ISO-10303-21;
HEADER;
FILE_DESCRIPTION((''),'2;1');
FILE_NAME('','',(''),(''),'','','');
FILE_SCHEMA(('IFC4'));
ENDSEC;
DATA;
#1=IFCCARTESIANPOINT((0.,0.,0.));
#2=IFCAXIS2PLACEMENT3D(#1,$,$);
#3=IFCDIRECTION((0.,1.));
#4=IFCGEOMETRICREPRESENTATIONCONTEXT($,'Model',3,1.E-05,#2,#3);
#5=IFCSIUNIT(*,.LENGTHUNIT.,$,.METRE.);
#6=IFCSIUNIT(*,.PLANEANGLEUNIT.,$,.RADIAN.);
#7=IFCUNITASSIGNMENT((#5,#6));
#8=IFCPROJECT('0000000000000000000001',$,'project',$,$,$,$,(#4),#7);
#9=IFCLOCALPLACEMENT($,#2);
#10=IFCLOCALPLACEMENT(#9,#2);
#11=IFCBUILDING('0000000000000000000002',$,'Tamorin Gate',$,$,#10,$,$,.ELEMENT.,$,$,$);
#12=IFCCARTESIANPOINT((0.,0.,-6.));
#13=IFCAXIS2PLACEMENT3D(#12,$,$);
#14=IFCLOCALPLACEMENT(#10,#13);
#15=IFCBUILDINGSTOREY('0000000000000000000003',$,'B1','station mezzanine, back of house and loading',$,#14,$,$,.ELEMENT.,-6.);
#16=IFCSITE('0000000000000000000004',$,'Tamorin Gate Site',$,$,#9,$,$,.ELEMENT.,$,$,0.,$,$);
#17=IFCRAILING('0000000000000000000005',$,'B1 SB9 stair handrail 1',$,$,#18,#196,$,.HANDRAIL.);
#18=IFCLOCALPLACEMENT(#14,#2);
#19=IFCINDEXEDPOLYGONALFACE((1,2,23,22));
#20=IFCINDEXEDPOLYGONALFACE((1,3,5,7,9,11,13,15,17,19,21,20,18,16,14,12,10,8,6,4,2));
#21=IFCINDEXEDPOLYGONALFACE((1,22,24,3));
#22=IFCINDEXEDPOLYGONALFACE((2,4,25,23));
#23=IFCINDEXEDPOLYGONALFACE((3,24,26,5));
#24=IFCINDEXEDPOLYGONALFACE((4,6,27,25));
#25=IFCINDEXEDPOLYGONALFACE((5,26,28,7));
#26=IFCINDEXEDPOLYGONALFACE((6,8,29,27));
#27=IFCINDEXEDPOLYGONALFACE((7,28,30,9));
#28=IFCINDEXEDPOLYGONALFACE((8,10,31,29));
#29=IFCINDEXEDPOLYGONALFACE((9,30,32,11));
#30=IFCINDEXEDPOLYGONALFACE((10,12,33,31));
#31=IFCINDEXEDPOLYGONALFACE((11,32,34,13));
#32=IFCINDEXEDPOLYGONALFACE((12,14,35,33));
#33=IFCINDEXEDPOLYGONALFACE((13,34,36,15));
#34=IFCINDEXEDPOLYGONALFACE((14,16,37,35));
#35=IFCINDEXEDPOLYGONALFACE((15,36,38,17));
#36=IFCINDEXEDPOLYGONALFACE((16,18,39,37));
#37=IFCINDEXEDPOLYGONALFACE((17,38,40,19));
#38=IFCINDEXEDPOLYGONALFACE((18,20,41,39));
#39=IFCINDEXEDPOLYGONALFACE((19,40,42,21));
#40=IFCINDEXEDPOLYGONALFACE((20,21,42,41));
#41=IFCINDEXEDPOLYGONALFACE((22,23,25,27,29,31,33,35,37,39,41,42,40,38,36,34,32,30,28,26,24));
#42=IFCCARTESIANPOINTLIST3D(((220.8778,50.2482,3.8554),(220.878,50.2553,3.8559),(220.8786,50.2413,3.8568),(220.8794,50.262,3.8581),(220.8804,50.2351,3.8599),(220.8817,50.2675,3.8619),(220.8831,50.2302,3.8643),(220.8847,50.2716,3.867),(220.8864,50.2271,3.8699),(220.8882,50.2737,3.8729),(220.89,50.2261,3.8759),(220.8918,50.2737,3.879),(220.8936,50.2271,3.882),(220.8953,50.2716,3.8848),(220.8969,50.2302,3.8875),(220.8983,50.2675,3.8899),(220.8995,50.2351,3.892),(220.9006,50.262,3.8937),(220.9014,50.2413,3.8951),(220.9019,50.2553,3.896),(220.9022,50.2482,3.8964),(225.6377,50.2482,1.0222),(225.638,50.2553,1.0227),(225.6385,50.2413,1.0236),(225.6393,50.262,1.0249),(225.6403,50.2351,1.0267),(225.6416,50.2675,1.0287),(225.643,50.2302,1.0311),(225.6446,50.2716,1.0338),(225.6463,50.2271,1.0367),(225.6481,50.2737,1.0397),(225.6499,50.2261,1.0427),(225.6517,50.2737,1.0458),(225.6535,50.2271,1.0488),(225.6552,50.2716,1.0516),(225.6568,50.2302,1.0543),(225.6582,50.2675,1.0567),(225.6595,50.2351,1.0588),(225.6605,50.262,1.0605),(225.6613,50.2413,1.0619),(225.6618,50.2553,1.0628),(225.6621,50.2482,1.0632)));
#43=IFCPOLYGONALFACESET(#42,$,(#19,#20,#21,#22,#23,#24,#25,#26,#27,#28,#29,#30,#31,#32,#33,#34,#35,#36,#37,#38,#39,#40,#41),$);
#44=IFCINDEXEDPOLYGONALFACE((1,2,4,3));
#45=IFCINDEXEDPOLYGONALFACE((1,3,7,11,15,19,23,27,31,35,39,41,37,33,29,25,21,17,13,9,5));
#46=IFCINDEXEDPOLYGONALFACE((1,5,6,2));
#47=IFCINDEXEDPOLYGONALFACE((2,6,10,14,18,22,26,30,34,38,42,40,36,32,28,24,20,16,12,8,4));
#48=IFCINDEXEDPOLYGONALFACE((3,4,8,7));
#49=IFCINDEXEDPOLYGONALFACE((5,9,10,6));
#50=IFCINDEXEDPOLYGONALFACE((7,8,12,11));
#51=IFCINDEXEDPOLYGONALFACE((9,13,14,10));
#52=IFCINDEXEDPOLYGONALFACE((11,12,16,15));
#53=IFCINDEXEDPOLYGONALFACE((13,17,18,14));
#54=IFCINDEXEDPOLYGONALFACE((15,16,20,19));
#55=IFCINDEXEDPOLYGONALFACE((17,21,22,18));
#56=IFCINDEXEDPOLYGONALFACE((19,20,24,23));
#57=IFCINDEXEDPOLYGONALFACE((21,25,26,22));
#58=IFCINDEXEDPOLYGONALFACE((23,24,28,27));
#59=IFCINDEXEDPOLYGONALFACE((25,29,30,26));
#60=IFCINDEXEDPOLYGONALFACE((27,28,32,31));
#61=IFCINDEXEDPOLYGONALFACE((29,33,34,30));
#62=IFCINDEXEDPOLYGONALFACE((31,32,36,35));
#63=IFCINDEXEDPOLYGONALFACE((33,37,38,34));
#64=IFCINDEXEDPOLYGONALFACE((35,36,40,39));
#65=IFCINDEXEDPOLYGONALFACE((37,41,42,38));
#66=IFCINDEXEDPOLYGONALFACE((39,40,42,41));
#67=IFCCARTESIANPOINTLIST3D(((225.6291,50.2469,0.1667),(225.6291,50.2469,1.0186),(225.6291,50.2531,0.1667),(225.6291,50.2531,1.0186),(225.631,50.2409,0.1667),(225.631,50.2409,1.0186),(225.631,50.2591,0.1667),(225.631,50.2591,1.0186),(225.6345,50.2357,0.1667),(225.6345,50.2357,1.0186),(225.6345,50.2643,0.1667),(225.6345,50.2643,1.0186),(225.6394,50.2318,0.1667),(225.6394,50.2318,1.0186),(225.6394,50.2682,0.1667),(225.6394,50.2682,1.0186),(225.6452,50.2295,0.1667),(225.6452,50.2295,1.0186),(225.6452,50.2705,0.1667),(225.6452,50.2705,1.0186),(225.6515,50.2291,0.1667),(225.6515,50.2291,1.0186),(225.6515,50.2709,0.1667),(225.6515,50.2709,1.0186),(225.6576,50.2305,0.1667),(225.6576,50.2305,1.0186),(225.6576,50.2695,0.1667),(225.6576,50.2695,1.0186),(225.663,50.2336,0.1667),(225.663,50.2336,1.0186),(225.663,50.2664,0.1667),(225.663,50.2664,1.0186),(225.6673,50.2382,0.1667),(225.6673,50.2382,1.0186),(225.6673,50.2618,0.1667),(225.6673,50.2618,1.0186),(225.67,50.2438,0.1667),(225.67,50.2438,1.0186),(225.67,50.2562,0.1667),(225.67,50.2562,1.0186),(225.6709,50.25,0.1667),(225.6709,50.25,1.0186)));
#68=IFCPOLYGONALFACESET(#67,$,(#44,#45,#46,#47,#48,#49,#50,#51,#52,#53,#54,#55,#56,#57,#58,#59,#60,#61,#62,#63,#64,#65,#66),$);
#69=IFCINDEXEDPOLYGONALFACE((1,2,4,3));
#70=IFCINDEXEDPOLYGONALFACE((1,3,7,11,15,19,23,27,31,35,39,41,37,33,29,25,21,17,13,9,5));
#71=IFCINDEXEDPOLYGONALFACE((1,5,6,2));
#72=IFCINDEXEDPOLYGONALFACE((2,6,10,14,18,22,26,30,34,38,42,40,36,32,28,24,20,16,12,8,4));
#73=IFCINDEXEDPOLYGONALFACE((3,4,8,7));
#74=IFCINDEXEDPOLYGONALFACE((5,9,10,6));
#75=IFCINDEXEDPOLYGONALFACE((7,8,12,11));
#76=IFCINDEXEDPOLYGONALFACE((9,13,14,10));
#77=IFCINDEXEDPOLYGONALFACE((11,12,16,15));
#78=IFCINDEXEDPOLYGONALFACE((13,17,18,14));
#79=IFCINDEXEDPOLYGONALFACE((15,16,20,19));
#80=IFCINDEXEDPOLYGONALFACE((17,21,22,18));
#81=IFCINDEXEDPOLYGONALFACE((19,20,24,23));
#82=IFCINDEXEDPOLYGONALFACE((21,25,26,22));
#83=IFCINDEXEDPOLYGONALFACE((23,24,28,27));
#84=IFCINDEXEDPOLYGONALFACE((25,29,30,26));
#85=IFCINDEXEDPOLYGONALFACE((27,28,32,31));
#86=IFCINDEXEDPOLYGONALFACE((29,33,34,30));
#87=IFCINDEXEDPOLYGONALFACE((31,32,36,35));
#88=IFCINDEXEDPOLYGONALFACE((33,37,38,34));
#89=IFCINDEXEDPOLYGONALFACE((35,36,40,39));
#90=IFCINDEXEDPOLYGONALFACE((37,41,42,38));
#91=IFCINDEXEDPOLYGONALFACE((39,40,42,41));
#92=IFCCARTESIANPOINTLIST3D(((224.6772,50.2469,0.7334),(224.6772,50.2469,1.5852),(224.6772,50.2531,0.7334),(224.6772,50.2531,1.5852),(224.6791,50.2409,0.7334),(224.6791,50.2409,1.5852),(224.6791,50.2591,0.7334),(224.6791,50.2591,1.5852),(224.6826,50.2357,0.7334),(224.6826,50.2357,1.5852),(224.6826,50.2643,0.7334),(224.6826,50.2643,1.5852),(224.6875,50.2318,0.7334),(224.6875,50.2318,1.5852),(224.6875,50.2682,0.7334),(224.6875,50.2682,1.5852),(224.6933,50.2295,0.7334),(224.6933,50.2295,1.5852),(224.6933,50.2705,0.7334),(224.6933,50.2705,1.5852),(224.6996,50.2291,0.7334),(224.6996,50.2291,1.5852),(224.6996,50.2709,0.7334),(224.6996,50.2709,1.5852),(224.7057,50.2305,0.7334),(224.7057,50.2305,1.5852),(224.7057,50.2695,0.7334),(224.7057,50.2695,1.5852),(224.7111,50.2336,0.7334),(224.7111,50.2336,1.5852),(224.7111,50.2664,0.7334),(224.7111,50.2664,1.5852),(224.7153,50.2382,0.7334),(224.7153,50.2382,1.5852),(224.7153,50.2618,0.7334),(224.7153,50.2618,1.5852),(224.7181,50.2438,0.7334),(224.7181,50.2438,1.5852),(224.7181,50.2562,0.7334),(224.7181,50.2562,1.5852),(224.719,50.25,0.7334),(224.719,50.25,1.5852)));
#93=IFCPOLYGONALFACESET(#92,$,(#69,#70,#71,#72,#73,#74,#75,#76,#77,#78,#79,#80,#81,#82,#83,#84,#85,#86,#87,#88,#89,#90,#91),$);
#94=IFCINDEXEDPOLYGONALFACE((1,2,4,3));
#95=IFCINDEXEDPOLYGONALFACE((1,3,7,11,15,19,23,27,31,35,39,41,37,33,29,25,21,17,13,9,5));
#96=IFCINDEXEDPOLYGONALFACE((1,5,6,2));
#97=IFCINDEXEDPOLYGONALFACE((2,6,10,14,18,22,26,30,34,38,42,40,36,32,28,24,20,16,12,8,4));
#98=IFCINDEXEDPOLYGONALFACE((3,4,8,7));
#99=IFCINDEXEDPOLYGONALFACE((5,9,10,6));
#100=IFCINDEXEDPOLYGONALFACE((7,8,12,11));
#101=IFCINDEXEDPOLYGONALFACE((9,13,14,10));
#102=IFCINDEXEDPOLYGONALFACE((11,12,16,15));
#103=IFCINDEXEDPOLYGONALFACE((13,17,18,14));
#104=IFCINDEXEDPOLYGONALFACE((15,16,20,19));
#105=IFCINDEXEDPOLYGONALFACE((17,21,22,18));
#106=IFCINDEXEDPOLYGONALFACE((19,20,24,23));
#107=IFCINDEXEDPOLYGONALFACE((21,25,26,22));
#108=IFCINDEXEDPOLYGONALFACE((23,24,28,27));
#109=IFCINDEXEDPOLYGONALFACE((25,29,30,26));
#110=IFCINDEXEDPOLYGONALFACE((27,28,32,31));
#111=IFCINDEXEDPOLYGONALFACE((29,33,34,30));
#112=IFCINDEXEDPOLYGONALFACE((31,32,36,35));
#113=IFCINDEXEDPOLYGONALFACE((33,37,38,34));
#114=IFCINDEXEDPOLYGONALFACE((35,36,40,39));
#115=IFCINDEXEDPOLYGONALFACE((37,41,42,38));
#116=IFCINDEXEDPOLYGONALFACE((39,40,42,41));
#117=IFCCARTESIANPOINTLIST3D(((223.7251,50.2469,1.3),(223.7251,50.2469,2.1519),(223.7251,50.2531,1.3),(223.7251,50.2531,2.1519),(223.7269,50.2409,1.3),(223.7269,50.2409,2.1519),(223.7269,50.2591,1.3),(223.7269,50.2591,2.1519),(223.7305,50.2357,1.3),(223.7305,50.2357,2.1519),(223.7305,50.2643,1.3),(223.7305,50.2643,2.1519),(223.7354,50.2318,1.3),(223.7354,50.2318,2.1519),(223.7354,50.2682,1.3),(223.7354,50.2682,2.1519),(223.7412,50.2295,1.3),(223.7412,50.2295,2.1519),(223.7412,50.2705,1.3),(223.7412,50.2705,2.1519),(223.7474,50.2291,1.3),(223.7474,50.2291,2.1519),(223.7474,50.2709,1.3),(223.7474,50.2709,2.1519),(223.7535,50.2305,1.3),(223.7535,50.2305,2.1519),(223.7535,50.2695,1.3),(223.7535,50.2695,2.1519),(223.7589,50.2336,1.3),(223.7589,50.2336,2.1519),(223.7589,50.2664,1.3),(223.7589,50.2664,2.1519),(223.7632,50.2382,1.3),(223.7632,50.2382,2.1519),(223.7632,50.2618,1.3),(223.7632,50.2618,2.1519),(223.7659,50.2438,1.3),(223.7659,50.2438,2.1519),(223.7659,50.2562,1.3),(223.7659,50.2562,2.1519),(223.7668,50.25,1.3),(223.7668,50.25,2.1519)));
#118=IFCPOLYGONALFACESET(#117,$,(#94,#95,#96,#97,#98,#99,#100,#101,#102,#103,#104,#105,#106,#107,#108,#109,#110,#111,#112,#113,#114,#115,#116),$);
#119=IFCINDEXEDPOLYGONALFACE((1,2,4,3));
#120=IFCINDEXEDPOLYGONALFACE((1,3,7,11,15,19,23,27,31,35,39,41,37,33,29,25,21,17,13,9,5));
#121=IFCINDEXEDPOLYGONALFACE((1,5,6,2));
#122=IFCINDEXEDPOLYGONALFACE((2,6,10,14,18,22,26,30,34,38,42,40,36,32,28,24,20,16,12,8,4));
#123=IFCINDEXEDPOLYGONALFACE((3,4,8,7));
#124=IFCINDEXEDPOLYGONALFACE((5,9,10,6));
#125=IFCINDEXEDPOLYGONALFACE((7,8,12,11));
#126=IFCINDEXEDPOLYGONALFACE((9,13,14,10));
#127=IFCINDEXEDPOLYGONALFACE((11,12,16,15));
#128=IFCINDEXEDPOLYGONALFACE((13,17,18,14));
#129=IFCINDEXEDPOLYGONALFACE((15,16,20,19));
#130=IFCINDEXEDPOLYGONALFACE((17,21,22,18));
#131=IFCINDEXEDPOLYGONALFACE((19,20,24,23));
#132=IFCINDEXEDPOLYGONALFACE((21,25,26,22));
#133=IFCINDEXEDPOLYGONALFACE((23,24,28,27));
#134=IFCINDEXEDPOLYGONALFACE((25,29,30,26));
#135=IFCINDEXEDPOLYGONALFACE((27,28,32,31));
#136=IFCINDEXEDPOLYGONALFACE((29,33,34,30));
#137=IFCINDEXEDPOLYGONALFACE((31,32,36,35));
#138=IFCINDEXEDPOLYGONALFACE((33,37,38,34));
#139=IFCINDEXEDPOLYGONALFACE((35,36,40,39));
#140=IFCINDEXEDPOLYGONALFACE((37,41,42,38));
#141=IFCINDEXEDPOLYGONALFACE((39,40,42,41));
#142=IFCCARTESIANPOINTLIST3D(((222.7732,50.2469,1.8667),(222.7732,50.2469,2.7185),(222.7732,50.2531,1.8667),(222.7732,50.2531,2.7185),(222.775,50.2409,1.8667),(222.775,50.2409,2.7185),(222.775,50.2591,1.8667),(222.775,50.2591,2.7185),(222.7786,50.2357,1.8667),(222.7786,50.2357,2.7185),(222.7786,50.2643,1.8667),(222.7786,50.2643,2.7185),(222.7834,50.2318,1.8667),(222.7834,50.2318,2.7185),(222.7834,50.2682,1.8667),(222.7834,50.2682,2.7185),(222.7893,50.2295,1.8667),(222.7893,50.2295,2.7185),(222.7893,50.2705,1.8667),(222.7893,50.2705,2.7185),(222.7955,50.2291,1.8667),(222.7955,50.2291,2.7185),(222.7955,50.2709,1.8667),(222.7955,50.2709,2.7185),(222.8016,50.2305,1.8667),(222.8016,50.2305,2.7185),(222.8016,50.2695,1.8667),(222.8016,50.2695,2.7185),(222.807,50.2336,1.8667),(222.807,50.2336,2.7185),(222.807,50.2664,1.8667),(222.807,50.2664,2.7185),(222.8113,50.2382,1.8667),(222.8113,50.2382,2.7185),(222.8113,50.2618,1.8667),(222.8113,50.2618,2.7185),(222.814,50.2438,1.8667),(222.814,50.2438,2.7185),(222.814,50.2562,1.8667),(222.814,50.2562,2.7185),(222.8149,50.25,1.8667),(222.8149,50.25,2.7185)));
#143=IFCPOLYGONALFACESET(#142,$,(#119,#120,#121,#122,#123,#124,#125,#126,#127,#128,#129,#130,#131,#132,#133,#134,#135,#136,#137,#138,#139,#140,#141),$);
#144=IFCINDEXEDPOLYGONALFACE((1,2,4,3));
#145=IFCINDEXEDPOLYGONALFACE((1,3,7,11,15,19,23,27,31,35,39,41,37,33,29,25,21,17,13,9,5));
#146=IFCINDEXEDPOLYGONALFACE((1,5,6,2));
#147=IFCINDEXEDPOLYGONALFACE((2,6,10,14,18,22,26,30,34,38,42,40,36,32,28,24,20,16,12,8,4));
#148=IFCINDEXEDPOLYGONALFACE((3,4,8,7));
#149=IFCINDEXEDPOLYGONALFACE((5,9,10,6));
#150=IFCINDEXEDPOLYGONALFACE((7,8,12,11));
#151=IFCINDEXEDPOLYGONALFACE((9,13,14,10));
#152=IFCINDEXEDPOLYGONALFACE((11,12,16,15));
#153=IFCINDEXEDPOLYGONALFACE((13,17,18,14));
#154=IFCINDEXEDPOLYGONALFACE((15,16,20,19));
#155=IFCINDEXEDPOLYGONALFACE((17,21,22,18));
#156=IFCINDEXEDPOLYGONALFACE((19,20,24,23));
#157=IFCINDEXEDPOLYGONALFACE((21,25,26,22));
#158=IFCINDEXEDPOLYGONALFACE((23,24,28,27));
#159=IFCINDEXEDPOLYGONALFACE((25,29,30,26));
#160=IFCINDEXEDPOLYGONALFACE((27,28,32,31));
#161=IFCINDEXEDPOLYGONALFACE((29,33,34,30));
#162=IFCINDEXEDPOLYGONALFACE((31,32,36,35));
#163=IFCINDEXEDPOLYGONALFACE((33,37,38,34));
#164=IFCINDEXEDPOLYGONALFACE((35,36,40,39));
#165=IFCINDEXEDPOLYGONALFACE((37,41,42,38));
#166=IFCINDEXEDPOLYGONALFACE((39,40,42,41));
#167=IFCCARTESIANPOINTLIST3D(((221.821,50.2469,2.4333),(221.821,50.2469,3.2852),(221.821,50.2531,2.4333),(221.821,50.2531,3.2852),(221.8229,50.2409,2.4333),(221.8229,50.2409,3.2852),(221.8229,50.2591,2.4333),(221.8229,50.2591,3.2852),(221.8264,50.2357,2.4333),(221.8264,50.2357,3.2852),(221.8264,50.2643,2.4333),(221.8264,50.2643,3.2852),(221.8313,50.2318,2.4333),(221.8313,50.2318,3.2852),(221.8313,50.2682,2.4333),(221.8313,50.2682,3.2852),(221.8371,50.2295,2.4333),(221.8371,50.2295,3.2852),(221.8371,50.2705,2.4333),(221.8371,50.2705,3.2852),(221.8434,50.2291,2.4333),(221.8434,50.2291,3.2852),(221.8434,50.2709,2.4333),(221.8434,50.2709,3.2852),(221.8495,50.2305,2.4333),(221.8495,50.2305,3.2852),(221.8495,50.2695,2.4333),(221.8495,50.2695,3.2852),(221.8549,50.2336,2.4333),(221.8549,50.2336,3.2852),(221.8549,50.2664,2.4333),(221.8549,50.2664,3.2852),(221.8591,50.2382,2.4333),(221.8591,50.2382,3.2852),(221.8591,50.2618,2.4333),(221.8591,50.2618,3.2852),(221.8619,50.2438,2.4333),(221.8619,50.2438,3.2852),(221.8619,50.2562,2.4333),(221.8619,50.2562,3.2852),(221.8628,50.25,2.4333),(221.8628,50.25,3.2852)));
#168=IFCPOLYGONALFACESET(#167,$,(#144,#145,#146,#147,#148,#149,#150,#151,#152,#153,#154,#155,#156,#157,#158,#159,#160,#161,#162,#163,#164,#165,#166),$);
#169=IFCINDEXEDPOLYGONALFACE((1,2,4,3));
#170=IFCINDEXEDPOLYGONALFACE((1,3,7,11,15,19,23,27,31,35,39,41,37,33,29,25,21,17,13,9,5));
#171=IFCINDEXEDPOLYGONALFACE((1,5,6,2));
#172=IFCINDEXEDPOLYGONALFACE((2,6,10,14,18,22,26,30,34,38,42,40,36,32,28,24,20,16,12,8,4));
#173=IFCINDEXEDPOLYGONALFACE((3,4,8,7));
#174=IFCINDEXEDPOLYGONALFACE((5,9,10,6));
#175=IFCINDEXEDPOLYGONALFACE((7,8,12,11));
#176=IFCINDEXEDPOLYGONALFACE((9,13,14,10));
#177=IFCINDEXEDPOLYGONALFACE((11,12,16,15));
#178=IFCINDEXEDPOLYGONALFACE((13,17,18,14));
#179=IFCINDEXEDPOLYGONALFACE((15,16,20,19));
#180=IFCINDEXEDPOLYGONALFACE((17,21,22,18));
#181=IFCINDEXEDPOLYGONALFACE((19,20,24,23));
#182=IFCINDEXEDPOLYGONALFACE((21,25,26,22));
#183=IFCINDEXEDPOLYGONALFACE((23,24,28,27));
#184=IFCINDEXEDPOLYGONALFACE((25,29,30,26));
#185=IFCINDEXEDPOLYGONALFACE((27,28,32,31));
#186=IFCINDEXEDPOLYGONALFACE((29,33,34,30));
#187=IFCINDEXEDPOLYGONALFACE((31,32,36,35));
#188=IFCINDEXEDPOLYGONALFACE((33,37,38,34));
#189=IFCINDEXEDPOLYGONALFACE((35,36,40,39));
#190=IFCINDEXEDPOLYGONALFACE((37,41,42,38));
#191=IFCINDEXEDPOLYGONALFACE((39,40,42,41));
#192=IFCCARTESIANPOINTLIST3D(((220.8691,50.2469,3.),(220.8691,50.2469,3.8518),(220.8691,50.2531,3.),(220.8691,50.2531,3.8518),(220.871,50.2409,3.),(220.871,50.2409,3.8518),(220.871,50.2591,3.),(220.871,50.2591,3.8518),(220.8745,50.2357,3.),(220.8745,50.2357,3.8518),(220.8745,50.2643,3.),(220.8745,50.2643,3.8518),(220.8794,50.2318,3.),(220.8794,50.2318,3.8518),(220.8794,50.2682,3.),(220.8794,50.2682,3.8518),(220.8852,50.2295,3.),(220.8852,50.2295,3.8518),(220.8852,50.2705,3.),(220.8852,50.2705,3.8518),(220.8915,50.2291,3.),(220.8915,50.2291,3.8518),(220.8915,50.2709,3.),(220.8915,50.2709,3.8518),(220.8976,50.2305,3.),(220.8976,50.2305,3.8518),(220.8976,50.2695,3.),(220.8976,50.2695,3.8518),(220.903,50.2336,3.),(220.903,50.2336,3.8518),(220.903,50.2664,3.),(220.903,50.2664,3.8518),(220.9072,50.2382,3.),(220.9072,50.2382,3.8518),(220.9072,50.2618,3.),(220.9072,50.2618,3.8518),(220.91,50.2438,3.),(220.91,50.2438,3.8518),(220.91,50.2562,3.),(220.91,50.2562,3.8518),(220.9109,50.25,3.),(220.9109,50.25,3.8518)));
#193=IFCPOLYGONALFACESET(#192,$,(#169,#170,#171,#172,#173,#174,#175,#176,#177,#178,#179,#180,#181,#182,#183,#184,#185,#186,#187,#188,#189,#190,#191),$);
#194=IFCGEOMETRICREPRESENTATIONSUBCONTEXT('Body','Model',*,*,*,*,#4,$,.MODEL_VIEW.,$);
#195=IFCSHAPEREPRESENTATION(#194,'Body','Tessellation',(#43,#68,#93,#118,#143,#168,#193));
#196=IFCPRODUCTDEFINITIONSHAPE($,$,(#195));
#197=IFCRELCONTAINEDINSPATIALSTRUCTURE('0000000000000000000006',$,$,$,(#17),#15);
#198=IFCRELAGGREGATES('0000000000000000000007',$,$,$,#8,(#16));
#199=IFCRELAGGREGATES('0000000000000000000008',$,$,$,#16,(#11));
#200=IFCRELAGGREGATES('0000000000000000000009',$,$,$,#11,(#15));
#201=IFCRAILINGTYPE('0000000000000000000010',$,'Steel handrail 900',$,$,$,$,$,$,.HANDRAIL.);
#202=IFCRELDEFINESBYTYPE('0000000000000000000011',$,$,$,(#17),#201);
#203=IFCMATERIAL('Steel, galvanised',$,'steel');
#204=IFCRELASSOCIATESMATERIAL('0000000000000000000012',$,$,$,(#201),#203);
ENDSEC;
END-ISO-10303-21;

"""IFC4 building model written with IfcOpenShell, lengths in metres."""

from ifc_helpers import new_model, si_unit, direction, frame, origin, origin_2d, place, context, subcontext, project, spatial, circle, extrude, material, type_object, element, save


model = new_model("IFC4")

# Units and contexts
model_context = context("Model", 3, precision=1e-05, world=origin(), true_north=direction((0.0, 1.0)))
body_context = subcontext(model_context, "Body", "Model", "MODEL_VIEW")
ifc_project = project(units=[si_unit("LENGTHUNIT", "METRE"), si_unit("PLANEANGLEUNIT", "RADIAN")], contexts=[model_context])

# Site, building, storey
site_placement = place(None, origin())
site = spatial("IfcSite", under=ifc_project, at=site_placement, Name="Tamorin Gate Site", CompositionType="ELEMENT", RefElevation=0.0)
building_placement = place(site_placement, origin())
building = spatial("IfcBuilding", under=site, at=building_placement, Name="Tamorin Gate", CompositionType="ELEMENT")
storey_placement = place(building_placement, frame((0.0, 0.0, -6.0)))
storey = spatial("IfcBuildingStorey", under=building, at=storey_placement, Name="B1", Description="station mezzanine, back of house and loading", CompositionType="ELEMENT", Elevation=-6.0)

# Railing
ifc_material_1 = material(Name="Steel, galvanised", Category="steel")
railing_type_1 = type_object("IfcRailingType", Name="Steel handrail 900", PredefinedType="HANDRAIL", material=ifc_material_1)
railing_1_placement = place(storey_placement, frame((225.6499, 50.25, 0.1667)))
element("IfcRailing", 1, at=railing_1_placement, inside=storey, type_object=railing_type_1, Name="B1 SB9 stair handrail 1", PredefinedType="HANDRAIL", context=body_context, shape_type="SweptSolid", body=[
    extrude(circle(Radius=0.0239, at=origin_2d()), frame((0.0, 0.0, 0.876), z_axis=(-0.8593, 0.0, 0.511472), x_axis=(0.0, -1.0, 0.0)), (0.0, 0.0, 1.0), 5.5393),
    extrude(circle(Radius=0.021, at=origin_2d()), origin(), (0.0, 0.0, 1.0), 0.8518),
    extrude(circle(Radius=0.021, at=origin_2d()), frame((-0.9519, 0.0, 0.5667)), (0.0, 0.0, 1.0), 0.8518),
    extrude(circle(Radius=0.021, at=origin_2d()), frame((-1.9041, 0.0, 1.1333)), (0.0, 0.0, 1.0), 0.8518),
    extrude(circle(Radius=0.021, at=origin_2d()), frame((-2.856, 0.0, 1.7)), (0.0, 0.0, 1.0), 0.8518),
    extrude(circle(Radius=0.021, at=origin_2d()), frame((-3.8081, 0.0, 2.2666)), (0.0, 0.0, 1.0), 0.8518),
    extrude(circle(Radius=0.021, at=origin_2d()), frame((-4.76, 0.0, 2.8333)), (0.0, 0.0, 1.0), 0.8518),
])

save(model, "model.ifc")
